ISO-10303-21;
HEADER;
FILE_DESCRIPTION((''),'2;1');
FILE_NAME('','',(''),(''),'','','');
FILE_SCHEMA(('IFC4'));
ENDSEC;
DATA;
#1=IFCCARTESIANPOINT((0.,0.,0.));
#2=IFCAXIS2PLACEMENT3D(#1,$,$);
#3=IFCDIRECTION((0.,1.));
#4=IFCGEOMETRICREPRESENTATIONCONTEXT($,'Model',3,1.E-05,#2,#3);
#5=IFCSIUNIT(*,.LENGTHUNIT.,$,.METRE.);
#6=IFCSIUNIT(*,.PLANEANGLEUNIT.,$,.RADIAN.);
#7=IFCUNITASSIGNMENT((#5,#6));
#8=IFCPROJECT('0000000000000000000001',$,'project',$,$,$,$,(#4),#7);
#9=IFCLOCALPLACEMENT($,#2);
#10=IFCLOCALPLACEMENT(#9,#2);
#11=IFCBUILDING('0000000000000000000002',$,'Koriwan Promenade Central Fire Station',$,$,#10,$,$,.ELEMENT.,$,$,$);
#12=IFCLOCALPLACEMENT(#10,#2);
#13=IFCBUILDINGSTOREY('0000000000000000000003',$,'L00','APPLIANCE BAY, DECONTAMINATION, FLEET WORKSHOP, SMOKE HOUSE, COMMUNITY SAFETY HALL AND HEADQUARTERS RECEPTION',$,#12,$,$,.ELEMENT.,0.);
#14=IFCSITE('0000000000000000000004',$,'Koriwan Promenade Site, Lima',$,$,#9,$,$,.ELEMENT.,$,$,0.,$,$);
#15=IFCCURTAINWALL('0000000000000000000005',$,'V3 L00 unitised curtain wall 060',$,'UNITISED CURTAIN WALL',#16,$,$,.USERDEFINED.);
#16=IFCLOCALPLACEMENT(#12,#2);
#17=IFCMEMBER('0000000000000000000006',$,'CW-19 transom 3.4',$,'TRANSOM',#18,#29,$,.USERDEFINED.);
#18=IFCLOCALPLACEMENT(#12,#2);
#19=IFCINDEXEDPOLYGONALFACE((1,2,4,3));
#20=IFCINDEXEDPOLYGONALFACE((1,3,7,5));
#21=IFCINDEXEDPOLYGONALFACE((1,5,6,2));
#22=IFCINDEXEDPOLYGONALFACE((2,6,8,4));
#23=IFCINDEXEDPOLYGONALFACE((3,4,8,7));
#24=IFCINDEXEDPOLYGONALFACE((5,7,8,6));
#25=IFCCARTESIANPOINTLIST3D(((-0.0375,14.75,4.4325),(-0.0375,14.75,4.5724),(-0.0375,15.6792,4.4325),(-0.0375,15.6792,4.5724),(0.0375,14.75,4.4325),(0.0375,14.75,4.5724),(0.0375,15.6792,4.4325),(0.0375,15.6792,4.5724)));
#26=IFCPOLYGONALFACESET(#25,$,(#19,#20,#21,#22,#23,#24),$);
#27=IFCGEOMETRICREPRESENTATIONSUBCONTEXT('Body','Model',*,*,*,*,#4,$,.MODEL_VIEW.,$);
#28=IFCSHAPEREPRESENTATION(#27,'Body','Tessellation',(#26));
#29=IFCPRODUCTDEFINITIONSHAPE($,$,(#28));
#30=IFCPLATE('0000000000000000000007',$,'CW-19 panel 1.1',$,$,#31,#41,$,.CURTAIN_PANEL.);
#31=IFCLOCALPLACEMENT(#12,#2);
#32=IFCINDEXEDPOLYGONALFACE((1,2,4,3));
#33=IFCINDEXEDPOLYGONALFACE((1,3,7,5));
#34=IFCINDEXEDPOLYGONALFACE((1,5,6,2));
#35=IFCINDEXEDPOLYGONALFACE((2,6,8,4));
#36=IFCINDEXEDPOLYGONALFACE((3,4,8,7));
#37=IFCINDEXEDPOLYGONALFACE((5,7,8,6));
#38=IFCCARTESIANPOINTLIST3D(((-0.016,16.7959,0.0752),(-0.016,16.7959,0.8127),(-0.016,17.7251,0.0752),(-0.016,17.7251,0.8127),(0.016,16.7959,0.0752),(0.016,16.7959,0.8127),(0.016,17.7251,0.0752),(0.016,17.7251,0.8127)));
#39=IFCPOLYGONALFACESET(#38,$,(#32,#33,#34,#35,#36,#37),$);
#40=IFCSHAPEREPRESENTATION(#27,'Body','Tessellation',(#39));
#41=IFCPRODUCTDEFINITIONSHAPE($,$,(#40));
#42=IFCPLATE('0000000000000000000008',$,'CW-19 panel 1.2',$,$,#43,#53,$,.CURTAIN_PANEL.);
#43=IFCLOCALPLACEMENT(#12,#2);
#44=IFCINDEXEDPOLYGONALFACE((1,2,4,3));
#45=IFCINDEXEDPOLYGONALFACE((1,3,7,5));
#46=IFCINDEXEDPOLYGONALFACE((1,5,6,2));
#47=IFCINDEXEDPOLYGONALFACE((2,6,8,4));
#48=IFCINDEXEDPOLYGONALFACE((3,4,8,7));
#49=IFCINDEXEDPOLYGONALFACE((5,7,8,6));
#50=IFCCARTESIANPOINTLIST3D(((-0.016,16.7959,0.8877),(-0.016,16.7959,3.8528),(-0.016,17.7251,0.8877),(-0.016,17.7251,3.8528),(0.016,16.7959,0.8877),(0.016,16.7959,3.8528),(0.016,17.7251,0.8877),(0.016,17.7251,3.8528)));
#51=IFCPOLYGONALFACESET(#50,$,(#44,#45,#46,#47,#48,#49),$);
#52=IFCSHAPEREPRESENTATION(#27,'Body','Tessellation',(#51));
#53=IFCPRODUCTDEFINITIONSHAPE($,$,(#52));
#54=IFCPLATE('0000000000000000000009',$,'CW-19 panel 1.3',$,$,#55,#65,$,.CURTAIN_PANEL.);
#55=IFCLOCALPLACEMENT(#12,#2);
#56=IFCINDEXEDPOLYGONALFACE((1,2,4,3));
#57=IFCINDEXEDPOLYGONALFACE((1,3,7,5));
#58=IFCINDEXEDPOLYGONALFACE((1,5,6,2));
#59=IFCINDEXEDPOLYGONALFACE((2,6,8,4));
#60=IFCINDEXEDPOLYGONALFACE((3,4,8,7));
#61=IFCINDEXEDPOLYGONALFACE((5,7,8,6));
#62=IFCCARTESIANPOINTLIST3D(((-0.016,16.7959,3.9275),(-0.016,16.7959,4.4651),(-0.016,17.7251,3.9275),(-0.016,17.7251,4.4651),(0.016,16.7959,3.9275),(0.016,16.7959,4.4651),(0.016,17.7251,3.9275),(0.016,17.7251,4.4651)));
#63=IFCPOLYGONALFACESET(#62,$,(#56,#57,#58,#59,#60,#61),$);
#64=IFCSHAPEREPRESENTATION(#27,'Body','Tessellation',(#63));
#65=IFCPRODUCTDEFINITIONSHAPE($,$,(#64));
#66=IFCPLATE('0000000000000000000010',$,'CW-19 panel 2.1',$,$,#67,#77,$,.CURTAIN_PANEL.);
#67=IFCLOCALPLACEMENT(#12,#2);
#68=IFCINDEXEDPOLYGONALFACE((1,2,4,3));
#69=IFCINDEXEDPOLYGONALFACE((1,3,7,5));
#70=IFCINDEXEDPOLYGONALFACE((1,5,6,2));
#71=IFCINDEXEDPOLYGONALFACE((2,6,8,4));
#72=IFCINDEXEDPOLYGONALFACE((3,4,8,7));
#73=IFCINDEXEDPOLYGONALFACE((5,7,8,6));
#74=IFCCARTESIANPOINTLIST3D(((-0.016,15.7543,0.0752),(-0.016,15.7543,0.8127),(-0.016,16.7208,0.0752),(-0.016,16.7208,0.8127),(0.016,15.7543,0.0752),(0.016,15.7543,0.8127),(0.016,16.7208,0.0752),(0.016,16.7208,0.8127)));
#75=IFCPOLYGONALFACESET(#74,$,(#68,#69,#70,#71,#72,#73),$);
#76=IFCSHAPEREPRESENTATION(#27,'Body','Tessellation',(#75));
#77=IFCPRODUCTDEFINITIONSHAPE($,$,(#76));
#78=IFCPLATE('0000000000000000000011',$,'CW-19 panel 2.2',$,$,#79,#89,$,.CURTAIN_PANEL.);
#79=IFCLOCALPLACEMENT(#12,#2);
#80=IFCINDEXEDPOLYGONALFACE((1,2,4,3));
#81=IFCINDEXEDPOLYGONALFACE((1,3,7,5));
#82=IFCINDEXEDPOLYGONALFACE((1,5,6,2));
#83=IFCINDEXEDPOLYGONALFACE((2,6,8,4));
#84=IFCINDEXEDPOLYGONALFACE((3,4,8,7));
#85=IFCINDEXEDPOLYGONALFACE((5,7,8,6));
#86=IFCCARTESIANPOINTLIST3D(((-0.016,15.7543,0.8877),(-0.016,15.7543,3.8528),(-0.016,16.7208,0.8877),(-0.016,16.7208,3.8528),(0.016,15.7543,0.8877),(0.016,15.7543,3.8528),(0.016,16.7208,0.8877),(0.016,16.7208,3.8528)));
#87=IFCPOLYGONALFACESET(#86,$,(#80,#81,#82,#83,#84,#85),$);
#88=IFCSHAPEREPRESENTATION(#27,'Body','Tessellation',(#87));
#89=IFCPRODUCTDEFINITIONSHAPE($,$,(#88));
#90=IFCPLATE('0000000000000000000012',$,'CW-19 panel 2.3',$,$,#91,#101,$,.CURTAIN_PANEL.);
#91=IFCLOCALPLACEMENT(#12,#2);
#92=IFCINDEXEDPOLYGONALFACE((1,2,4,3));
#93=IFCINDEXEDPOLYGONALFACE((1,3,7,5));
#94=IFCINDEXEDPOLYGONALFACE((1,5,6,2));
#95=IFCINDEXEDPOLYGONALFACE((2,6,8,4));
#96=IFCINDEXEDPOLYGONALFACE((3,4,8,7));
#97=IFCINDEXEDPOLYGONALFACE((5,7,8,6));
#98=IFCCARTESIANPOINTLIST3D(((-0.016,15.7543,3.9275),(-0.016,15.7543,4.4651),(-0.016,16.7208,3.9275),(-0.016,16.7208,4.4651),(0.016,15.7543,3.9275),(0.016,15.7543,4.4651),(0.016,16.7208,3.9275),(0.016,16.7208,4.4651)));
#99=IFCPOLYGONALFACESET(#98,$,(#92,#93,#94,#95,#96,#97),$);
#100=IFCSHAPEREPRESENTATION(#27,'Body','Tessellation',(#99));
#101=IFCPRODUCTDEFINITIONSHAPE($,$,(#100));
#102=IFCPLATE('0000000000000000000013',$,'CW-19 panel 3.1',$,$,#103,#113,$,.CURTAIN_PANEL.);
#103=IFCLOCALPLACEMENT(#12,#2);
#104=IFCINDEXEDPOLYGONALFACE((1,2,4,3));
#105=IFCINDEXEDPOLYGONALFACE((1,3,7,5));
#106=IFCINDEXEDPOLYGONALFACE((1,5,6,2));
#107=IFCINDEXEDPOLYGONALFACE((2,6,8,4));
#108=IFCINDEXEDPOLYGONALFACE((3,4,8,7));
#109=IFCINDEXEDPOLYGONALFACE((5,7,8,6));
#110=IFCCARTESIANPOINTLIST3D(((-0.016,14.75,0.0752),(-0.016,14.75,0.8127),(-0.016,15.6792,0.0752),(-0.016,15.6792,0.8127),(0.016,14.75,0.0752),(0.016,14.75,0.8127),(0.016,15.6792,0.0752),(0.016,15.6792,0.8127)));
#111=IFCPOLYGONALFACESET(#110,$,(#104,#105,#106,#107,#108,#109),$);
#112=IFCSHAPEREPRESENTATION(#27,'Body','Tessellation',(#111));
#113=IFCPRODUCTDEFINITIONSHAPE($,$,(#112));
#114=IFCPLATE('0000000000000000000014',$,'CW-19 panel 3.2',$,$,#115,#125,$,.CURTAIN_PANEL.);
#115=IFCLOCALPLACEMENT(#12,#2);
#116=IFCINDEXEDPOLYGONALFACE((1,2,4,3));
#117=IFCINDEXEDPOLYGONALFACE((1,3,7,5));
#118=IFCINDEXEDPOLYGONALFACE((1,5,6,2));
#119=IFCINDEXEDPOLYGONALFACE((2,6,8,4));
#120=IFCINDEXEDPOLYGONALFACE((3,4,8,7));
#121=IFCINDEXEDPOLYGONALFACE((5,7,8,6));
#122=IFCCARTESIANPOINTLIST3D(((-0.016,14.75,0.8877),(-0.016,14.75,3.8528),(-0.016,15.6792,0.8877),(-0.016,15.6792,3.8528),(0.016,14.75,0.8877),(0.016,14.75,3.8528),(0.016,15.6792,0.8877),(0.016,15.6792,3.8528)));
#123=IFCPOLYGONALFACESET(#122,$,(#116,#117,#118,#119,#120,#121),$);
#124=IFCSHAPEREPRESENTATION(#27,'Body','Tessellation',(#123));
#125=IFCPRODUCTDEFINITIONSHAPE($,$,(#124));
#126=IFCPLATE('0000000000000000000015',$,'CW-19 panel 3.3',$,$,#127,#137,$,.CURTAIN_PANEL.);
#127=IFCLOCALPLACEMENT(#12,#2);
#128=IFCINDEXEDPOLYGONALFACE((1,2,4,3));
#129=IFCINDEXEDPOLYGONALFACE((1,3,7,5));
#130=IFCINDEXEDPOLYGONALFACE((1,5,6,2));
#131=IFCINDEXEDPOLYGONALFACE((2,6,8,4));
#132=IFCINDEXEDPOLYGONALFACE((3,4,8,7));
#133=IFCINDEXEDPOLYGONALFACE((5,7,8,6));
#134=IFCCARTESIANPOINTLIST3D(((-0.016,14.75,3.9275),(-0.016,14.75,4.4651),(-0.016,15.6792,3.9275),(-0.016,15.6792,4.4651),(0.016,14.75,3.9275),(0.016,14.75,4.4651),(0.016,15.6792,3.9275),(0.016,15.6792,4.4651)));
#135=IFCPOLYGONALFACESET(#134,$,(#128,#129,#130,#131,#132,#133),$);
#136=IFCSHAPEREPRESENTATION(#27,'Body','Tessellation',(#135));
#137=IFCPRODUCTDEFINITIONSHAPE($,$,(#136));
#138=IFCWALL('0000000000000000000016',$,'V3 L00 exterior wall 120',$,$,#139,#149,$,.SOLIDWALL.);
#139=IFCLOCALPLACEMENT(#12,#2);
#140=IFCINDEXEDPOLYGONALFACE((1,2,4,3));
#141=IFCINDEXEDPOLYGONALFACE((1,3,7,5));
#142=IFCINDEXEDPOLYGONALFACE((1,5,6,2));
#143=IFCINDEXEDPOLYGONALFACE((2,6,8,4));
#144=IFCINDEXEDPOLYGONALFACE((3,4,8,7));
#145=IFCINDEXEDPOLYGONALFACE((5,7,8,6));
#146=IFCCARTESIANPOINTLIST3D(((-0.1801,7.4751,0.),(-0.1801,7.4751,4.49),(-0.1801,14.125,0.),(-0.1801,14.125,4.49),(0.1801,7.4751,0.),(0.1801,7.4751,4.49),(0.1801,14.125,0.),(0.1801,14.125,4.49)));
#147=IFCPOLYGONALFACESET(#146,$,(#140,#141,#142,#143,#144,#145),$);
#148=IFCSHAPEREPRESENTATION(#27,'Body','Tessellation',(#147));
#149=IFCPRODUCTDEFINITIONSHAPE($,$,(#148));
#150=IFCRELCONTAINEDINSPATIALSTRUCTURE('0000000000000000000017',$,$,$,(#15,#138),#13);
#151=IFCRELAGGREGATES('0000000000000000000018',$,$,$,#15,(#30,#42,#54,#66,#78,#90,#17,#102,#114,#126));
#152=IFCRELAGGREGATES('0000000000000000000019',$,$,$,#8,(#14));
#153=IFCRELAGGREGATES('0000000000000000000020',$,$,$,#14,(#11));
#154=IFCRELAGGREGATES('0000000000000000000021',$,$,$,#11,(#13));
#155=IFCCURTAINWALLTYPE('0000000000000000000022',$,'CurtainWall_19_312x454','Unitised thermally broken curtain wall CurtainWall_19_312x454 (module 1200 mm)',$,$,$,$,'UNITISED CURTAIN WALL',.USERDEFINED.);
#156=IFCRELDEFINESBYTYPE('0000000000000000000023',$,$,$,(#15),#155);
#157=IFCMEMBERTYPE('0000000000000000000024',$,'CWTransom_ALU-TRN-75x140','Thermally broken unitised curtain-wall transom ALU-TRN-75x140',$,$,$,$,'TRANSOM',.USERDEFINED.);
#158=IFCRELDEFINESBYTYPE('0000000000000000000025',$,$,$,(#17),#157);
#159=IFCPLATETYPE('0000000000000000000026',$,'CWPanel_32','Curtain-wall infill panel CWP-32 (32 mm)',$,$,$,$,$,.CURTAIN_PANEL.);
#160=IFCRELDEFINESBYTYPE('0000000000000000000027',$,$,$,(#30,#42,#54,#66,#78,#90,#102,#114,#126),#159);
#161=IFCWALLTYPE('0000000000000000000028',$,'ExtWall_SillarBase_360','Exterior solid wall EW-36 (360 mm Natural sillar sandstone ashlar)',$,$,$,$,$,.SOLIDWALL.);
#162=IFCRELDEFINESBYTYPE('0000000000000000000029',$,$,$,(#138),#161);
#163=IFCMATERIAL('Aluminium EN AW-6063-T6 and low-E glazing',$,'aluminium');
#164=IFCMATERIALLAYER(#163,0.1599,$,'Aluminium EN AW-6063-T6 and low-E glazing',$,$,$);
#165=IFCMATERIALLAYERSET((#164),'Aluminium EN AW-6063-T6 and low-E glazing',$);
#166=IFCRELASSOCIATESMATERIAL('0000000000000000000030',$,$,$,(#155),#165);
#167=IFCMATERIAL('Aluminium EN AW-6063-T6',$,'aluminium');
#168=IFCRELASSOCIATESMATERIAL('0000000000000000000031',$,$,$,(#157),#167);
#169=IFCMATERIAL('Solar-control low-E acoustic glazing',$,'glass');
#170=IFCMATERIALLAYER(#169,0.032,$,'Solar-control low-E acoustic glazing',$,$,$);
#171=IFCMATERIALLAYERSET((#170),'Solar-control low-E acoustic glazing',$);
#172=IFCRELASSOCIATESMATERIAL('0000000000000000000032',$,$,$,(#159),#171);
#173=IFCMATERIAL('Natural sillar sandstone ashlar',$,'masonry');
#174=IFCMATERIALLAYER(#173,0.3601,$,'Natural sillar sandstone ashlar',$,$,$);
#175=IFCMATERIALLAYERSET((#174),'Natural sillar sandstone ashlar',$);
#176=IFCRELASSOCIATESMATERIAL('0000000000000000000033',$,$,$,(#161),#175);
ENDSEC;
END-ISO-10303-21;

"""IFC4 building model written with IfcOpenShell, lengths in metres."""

from ifc_helpers import new_model, si_unit, direction, frame, frame_2d, origin, origin_2d, place, context, subcontext, project, spatial, rectangle, extrude, material, layer, layer_set, material_profile, profile_set, type_object, element, aggregate, save


model = new_model("IFC4")

# Units and contexts
model_context = context("Model", 3, precision=1e-05, world=origin(), true_north=direction((0.0, 1.0)))
body_context = subcontext(model_context, "Body", "Model", "MODEL_VIEW")
ifc_project = project(units=[si_unit("LENGTHUNIT", "METRE"), si_unit("PLANEANGLEUNIT", "RADIAN")], contexts=[model_context])

# Site, building, storey
site_placement = place(None, origin())
site = spatial("IfcSite", under=ifc_project, at=site_placement, Name="Koriwan Promenade Site, Lima", CompositionType="ELEMENT", RefElevation=0.0)
building_placement = place(site_placement, origin())
building = spatial("IfcBuilding", under=site, at=building_placement, Name="Koriwan Promenade Central Fire Station", CompositionType="ELEMENT")
storey_placement = place(building_placement, origin())
storey = spatial("IfcBuildingStorey", under=building, at=storey_placement, Name="L00", Description="APPLIANCE BAY, DECONTAMINATION, FLEET WORKSHOP, SMOKE HOUSE, COMMUNITY SAFETY HALL AND HEADQUARTERS RECEPTION", CompositionType="ELEMENT", Elevation=0.0)

# Curtain wall, member, plates
ifc_material_1 = material(Name="Aluminium EN AW-6063-T6 and low-E glazing", Category="aluminium")
ifc_layer_1 = layer(ifc_material_1, 0.1599, Name="Aluminium EN AW-6063-T6 and low-E glazing")
ifc_layer_set_1 = layer_set([ifc_layer_1], Name="Aluminium EN AW-6063-T6 and low-E glazing")
curtain_wall_type = type_object("IfcCurtainWallType", Name="CurtainWall_19_312x454", Description="Unitised thermally broken curtain wall CurtainWall_19_312x454 (module 1200 mm)", ElementType="UNITISED CURTAIN WALL", PredefinedType="USERDEFINED", material=ifc_layer_set_1)
curtain_wall_placement = place(storey_placement, origin())
curtain_wall = element("IfcCurtainWall", 1, at=curtain_wall_placement, inside=storey, type_object=curtain_wall_type, Name="V3 L00 unitised curtain wall 060", ObjectType="UNITISED CURTAIN WALL", PredefinedType="USERDEFINED")
ifc_material_2 = material(Name="Aluminium EN AW-6063-T6", Category="aluminium")
ifc_material_profile_1 = material_profile(ifc_material_2, rectangle(XDim=0.075, YDim=0.1399, at=origin_2d()), Name="ALU-TRN-75x140")
ifc_profile_set_1 = profile_set([ifc_material_profile_1], Name="Aluminium EN AW-6063-T6")
member_type_1 = type_object("IfcMemberType", Name="CWTransom_ALU-TRN-75x140", Description="Thermally broken unitised curtain-wall transom ALU-TRN-75x140", ElementType="TRANSOM", PredefinedType="USERDEFINED", material=ifc_profile_set_1)
member_1_placement = place(storey_placement, frame((0.0, 15.6792, 4.5024), z_axis=(0.0, -1.0, 0.0), x_axis=(1.0, 0.0, 0.0)))
member_1 = element("IfcMember", 2, at=member_1_placement, type_object=member_type_1, Name="CW-19 transom 3.4", ObjectType="TRANSOM", PredefinedType="USERDEFINED", context=body_context, shape_type="SweptSolid", body=[
    extrude(rectangle(XDim=0.075, YDim=0.1399, at=origin_2d()), origin(), (0.0, 0.0, 1.0), 0.9292),
])
ifc_material_3 = material(Name="Solar-control low-E acoustic glazing", Category="glass")
ifc_layer_2 = layer(ifc_material_3, 0.032, Name="Solar-control low-E acoustic glazing")
ifc_layer_set_2 = layer_set([ifc_layer_2], Name="Solar-control low-E acoustic glazing")
plate_type = type_object("IfcPlateType", Name="CWPanel_32", Description="Curtain-wall infill panel CWP-32 (32 mm)", PredefinedType="CURTAIN_PANEL", material=ifc_layer_set_2)
plate_1_placement = place(storey_placement, frame((0.0, 17.2605, 0.0752), z_axis=(0.0, 0.0, 1.0), x_axis=(0.0, -1.0, 0.0)))
plate_1 = element("IfcPlate", 3, at=plate_1_placement, type_object=plate_type, Name="CW-19 panel 1.1", PredefinedType="CURTAIN_PANEL", context=body_context, shape_type="SweptSolid", body=[
    extrude(rectangle(XDim=0.9292, YDim=0.032, at=origin_2d()), origin(), (0.0, 0.0, 1.0), 0.7375),
])
plate_2_placement = place(storey_placement, frame((0.0, 17.2605, 0.8877), z_axis=(0.0, 0.0, 1.0), x_axis=(0.0, -1.0, 0.0)))
plate_2 = element("IfcPlate", 4, at=plate_2_placement, type_object=plate_type, Name="CW-19 panel 1.2", PredefinedType="CURTAIN_PANEL", context=body_context, shape_type="SweptSolid", body=[
    extrude(rectangle(XDim=0.9292, YDim=0.032, at=origin_2d()), origin(), (0.0, 0.0, 1.0), 2.9651),
])
plate_3_placement = place(storey_placement, frame((0.0, 17.2605, 3.9275), z_axis=(0.0, 0.0, 1.0), x_axis=(0.0, -1.0, 0.0)))
plate_3 = element("IfcPlate", 5, at=plate_3_placement, type_object=plate_type, Name="CW-19 panel 1.3", PredefinedType="CURTAIN_PANEL", context=body_context, shape_type="SweptSolid", body=[
    extrude(rectangle(XDim=0.9292, YDim=0.032, at=origin_2d()), origin(), (0.0, 0.0, 1.0), 0.5376),
])
plate_4_placement = place(storey_placement, frame((0.0, 16.2375, 0.0752), z_axis=(0.0, 0.0, 1.0), x_axis=(0.0, -1.0, 0.0)))
plate_4 = element("IfcPlate", 6, at=plate_4_placement, type_object=plate_type, Name="CW-19 panel 2.1", PredefinedType="CURTAIN_PANEL", context=body_context, shape_type="SweptSolid", body=[
    extrude(rectangle(XDim=0.9666, YDim=0.032, at=origin_2d()), origin(), (0.0, 0.0, 1.0), 0.7375),
])
plate_5_placement = place(storey_placement, frame((0.0, 16.2375, 0.8877), z_axis=(0.0, 0.0, 1.0), x_axis=(0.0, -1.0, 0.0)))
plate_5 = element("IfcPlate", 7, at=plate_5_placement, type_object=plate_type, Name="CW-19 panel 2.2", PredefinedType="CURTAIN_PANEL", context=body_context, shape_type="SweptSolid", body=[
    extrude(rectangle(XDim=0.9666, YDim=0.032, at=origin_2d()), origin(), (0.0, 0.0, 1.0), 2.9651),
])
plate_6_placement = place(storey_placement, frame((0.0, 16.2375, 3.9275), z_axis=(0.0, 0.0, 1.0), x_axis=(0.0, -1.0, 0.0)))
plate_6 = element("IfcPlate", 8, at=plate_6_placement, type_object=plate_type, Name="CW-19 panel 2.3", PredefinedType="CURTAIN_PANEL", context=body_context, shape_type="SweptSolid", body=[
    extrude(rectangle(XDim=0.9666, YDim=0.032, at=origin_2d()), origin(), (0.0, 0.0, 1.0), 0.5376),
])
plate_7_placement = place(storey_placement, frame((0.0, 15.2146, 0.0752), z_axis=(0.0, 0.0, 1.0), x_axis=(0.0, -1.0, 0.0)))
plate_7 = element("IfcPlate", 9, at=plate_7_placement, type_object=plate_type, Name="CW-19 panel 3.1", PredefinedType="CURTAIN_PANEL", context=body_context, shape_type="SweptSolid", body=[
    extrude(rectangle(XDim=0.9292, YDim=0.032, at=origin_2d()), origin(), (0.0, 0.0, 1.0), 0.7375),
])
plate_8_placement = place(storey_placement, frame((0.0, 15.2146, 0.8877), z_axis=(0.0, 0.0, 1.0), x_axis=(0.0, -1.0, 0.0)))
plate_8 = element("IfcPlate", 10, at=plate_8_placement, type_object=plate_type, Name="CW-19 panel 3.2", PredefinedType="CURTAIN_PANEL", context=body_context, shape_type="SweptSolid", body=[
    extrude(rectangle(XDim=0.9292, YDim=0.032, at=origin_2d()), origin(), (0.0, 0.0, 1.0), 2.9651),
])
plate_9_placement = place(storey_placement, frame((0.0, 15.2146, 3.9275), z_axis=(0.0, 0.0, 1.0), x_axis=(0.0, -1.0, 0.0)))
plate_9 = element("IfcPlate", 11, at=plate_9_placement, type_object=plate_type, Name="CW-19 panel 3.3", PredefinedType="CURTAIN_PANEL", context=body_context, shape_type="SweptSolid", body=[
    extrude(rectangle(XDim=0.9292, YDim=0.032, at=origin_2d()), origin(), (0.0, 0.0, 1.0), 0.5376),
])
aggregate(curtain_wall, [plate_1, plate_2, plate_3, plate_4, plate_5, plate_6, member_1, plate_7, plate_8, plate_9])

# Wall
ifc_material_4 = material(Name="Natural sillar sandstone ashlar", Category="masonry")
ifc_layer_3 = layer(ifc_material_4, 0.3601, Name="Natural sillar sandstone ashlar")
ifc_layer_set_3 = layer_set([ifc_layer_3], Name="Natural sillar sandstone ashlar")
wall_type = type_object("IfcWallType", Name="ExtWall_SillarBase_360", Description="Exterior solid wall EW-36 (360 mm Natural sillar sandstone ashlar)", PredefinedType="SOLIDWALL", material=ifc_layer_set_3)
wall_placement = place(storey_placement, frame((0.0, 14.125, 0.0), z_axis=(0.0, 0.0, 1.0), x_axis=(0.0, -1.0, 0.0)))
element("IfcWall", 12, at=wall_placement, inside=storey, type_object=wall_type, Name="V3 L00 exterior wall 120", PredefinedType="SOLIDWALL", context=body_context, shape_type="SweptSolid", body=[
    extrude(rectangle(XDim=6.6499, YDim=0.3601, at=frame_2d((3.325, 0.0))), origin(), (0.0, 0.0, 1.0), 4.49),
])

save(model, "model.ifc")
